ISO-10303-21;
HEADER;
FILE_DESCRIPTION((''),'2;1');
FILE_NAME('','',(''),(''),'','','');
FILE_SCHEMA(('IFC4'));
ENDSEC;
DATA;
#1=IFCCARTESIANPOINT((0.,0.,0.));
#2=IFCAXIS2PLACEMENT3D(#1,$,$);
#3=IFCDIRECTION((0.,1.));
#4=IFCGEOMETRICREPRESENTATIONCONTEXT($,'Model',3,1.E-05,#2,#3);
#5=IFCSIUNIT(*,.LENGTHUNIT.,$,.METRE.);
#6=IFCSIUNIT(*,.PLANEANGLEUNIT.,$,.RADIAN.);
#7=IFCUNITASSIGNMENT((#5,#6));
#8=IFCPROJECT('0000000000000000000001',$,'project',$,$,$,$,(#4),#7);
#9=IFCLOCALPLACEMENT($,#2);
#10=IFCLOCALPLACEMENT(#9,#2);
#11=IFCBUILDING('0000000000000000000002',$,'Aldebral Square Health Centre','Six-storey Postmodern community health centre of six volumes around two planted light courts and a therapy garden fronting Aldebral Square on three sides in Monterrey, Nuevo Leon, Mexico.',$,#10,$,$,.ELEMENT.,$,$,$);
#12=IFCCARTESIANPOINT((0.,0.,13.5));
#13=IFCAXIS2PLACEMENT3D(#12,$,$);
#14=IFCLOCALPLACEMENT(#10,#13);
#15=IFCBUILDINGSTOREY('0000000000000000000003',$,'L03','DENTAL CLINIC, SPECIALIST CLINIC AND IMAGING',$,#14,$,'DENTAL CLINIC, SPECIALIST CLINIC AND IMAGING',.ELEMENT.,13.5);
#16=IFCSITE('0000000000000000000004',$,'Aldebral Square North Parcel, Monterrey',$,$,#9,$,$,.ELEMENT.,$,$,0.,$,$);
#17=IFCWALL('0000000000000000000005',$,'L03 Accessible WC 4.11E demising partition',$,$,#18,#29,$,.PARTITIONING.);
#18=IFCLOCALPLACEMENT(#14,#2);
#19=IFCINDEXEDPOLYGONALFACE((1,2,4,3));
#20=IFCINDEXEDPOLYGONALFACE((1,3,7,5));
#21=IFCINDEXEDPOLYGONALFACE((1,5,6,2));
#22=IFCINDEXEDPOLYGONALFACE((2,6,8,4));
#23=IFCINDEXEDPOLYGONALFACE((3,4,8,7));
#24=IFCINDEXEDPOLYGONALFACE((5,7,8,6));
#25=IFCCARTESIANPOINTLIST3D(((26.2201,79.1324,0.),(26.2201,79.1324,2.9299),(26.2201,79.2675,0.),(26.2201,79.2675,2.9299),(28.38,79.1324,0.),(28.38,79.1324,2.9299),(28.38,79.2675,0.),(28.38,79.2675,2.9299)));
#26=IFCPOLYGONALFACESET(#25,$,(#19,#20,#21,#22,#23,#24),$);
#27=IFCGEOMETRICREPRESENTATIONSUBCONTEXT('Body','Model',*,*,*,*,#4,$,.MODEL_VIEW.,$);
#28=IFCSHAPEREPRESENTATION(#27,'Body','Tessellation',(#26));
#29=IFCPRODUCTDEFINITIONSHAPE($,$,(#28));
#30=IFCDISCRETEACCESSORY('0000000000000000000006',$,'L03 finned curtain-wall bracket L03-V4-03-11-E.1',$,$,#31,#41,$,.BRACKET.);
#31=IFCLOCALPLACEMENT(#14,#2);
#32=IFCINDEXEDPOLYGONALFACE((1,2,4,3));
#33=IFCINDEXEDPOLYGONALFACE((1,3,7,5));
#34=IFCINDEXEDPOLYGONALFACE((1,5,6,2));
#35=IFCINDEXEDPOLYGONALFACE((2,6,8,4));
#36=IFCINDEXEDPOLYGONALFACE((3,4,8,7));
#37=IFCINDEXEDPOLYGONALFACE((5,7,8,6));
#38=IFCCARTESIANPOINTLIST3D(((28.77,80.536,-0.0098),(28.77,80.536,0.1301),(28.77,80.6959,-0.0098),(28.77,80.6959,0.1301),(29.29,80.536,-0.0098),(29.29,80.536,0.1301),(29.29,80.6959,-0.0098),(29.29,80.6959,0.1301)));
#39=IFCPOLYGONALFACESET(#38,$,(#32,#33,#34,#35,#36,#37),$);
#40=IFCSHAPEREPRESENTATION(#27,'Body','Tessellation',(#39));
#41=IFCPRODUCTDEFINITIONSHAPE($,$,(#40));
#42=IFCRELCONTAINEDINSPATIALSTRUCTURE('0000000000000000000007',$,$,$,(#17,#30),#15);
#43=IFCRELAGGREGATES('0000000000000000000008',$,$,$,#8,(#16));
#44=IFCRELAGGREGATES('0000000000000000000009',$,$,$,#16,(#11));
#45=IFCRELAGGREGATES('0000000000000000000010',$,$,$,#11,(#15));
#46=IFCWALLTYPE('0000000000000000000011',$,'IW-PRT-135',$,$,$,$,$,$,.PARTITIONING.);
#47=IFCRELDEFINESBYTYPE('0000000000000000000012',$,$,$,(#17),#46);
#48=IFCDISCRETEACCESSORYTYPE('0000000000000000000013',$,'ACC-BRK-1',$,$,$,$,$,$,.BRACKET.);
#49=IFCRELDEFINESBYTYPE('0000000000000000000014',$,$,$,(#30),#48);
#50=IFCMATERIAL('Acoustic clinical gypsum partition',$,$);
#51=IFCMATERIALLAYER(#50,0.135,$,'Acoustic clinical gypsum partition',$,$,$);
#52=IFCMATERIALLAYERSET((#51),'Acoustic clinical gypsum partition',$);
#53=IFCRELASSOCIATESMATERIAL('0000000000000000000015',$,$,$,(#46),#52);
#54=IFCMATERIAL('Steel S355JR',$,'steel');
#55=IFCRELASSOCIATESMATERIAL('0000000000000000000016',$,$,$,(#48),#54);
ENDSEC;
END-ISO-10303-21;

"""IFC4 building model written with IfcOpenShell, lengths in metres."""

from ifc_helpers import new_model, si_unit, direction, frame, frame_2d, origin, origin_2d, place, context, subcontext, project, spatial, rectangle, extrude, material, layer, layer_set, type_object, element, save


model = new_model("IFC4")

# Units and contexts
model_context = context("Model", 3, precision=1e-05, world=origin(), true_north=direction((0.0, 1.0)))
body_context = subcontext(model_context, "Body", "Model", "MODEL_VIEW")
ifc_project = project(units=[si_unit("LENGTHUNIT", "METRE"), si_unit("PLANEANGLEUNIT", "RADIAN")], contexts=[model_context])

# Site, building, storey
site_placement = place(None, origin())
site = spatial("IfcSite", under=ifc_project, at=site_placement, Name="Aldebral Square North Parcel, Monterrey", CompositionType="ELEMENT", RefElevation=0.0)
building_placement = place(site_placement, origin())
building = spatial("IfcBuilding", under=site, at=building_placement, Name="Aldebral Square Health Centre", Description="Six-storey Postmodern community health centre of six volumes around two planted light courts and a therapy garden fronting Aldebral Square on three sides in Monterrey, Nuevo Leon, Mexico.", CompositionType="ELEMENT")
storey_placement = place(building_placement, frame((0.0, 0.0, 13.5)))
storey = spatial("IfcBuildingStorey", under=building, at=storey_placement, Name="L03", Description="DENTAL CLINIC, SPECIALIST CLINIC AND IMAGING", LongName="DENTAL CLINIC, SPECIALIST CLINIC AND IMAGING", CompositionType="ELEMENT", Elevation=13.5)

# Wall
ifc_material_1 = material(Name="Acoustic clinical gypsum partition")
ifc_layer_1 = layer(ifc_material_1, 0.135, Name="Acoustic clinical gypsum partition")
ifc_layer_set_1 = layer_set([ifc_layer_1], Name="Acoustic clinical gypsum partition")
wall_type_1 = type_object("IfcWallType", Name="IW-PRT-135", PredefinedType="PARTITIONING", material=ifc_layer_set_1)
wall_1_placement = place(storey_placement, frame((26.22, 79.2, 0.0), z_axis=(0.0, 0.0, 1.0), x_axis=(1.0, 0.0, 0.0)))
element("IfcWall", 1, at=wall_1_placement, inside=storey, type_object=wall_type_1, Name="L03 Accessible WC 4.11E demising partition", PredefinedType="PARTITIONING", context=body_context, shape_type="SweptSolid", body=[
    extrude(rectangle(XDim=2.1599, YDim=0.135, at=frame_2d((1.0801, 0.0))), origin(), (0.0, 0.0, 1.0), 2.9299),
])

# Discrete accessory
ifc_material_2 = material(Name="Steel S355JR", Category="steel")
discrete_accessory_type = type_object("IfcDiscreteAccessoryType", Name="ACC-BRK-1", PredefinedType="BRACKET", material=ifc_material_2)
discrete_accessory_placement = place(storey_placement, frame((29.03, 80.616, -0.0098), z_axis=(0.0, 0.0, 1.0), x_axis=(0.0, 1.0, 0.0)))
element("IfcDiscreteAccessory", 2, at=discrete_accessory_placement, inside=storey, type_object=discrete_accessory_type, Name="L03 finned curtain-wall bracket L03-V4-03-11-E.1", PredefinedType="BRACKET", context=body_context, shape_type="SweptSolid", body=[
    extrude(rectangle(XDim=0.1599, YDim=0.52, at=origin_2d()), origin(), (0.0, 0.0, 1.0), 0.1399),
])

save(model, "model.ifc")
